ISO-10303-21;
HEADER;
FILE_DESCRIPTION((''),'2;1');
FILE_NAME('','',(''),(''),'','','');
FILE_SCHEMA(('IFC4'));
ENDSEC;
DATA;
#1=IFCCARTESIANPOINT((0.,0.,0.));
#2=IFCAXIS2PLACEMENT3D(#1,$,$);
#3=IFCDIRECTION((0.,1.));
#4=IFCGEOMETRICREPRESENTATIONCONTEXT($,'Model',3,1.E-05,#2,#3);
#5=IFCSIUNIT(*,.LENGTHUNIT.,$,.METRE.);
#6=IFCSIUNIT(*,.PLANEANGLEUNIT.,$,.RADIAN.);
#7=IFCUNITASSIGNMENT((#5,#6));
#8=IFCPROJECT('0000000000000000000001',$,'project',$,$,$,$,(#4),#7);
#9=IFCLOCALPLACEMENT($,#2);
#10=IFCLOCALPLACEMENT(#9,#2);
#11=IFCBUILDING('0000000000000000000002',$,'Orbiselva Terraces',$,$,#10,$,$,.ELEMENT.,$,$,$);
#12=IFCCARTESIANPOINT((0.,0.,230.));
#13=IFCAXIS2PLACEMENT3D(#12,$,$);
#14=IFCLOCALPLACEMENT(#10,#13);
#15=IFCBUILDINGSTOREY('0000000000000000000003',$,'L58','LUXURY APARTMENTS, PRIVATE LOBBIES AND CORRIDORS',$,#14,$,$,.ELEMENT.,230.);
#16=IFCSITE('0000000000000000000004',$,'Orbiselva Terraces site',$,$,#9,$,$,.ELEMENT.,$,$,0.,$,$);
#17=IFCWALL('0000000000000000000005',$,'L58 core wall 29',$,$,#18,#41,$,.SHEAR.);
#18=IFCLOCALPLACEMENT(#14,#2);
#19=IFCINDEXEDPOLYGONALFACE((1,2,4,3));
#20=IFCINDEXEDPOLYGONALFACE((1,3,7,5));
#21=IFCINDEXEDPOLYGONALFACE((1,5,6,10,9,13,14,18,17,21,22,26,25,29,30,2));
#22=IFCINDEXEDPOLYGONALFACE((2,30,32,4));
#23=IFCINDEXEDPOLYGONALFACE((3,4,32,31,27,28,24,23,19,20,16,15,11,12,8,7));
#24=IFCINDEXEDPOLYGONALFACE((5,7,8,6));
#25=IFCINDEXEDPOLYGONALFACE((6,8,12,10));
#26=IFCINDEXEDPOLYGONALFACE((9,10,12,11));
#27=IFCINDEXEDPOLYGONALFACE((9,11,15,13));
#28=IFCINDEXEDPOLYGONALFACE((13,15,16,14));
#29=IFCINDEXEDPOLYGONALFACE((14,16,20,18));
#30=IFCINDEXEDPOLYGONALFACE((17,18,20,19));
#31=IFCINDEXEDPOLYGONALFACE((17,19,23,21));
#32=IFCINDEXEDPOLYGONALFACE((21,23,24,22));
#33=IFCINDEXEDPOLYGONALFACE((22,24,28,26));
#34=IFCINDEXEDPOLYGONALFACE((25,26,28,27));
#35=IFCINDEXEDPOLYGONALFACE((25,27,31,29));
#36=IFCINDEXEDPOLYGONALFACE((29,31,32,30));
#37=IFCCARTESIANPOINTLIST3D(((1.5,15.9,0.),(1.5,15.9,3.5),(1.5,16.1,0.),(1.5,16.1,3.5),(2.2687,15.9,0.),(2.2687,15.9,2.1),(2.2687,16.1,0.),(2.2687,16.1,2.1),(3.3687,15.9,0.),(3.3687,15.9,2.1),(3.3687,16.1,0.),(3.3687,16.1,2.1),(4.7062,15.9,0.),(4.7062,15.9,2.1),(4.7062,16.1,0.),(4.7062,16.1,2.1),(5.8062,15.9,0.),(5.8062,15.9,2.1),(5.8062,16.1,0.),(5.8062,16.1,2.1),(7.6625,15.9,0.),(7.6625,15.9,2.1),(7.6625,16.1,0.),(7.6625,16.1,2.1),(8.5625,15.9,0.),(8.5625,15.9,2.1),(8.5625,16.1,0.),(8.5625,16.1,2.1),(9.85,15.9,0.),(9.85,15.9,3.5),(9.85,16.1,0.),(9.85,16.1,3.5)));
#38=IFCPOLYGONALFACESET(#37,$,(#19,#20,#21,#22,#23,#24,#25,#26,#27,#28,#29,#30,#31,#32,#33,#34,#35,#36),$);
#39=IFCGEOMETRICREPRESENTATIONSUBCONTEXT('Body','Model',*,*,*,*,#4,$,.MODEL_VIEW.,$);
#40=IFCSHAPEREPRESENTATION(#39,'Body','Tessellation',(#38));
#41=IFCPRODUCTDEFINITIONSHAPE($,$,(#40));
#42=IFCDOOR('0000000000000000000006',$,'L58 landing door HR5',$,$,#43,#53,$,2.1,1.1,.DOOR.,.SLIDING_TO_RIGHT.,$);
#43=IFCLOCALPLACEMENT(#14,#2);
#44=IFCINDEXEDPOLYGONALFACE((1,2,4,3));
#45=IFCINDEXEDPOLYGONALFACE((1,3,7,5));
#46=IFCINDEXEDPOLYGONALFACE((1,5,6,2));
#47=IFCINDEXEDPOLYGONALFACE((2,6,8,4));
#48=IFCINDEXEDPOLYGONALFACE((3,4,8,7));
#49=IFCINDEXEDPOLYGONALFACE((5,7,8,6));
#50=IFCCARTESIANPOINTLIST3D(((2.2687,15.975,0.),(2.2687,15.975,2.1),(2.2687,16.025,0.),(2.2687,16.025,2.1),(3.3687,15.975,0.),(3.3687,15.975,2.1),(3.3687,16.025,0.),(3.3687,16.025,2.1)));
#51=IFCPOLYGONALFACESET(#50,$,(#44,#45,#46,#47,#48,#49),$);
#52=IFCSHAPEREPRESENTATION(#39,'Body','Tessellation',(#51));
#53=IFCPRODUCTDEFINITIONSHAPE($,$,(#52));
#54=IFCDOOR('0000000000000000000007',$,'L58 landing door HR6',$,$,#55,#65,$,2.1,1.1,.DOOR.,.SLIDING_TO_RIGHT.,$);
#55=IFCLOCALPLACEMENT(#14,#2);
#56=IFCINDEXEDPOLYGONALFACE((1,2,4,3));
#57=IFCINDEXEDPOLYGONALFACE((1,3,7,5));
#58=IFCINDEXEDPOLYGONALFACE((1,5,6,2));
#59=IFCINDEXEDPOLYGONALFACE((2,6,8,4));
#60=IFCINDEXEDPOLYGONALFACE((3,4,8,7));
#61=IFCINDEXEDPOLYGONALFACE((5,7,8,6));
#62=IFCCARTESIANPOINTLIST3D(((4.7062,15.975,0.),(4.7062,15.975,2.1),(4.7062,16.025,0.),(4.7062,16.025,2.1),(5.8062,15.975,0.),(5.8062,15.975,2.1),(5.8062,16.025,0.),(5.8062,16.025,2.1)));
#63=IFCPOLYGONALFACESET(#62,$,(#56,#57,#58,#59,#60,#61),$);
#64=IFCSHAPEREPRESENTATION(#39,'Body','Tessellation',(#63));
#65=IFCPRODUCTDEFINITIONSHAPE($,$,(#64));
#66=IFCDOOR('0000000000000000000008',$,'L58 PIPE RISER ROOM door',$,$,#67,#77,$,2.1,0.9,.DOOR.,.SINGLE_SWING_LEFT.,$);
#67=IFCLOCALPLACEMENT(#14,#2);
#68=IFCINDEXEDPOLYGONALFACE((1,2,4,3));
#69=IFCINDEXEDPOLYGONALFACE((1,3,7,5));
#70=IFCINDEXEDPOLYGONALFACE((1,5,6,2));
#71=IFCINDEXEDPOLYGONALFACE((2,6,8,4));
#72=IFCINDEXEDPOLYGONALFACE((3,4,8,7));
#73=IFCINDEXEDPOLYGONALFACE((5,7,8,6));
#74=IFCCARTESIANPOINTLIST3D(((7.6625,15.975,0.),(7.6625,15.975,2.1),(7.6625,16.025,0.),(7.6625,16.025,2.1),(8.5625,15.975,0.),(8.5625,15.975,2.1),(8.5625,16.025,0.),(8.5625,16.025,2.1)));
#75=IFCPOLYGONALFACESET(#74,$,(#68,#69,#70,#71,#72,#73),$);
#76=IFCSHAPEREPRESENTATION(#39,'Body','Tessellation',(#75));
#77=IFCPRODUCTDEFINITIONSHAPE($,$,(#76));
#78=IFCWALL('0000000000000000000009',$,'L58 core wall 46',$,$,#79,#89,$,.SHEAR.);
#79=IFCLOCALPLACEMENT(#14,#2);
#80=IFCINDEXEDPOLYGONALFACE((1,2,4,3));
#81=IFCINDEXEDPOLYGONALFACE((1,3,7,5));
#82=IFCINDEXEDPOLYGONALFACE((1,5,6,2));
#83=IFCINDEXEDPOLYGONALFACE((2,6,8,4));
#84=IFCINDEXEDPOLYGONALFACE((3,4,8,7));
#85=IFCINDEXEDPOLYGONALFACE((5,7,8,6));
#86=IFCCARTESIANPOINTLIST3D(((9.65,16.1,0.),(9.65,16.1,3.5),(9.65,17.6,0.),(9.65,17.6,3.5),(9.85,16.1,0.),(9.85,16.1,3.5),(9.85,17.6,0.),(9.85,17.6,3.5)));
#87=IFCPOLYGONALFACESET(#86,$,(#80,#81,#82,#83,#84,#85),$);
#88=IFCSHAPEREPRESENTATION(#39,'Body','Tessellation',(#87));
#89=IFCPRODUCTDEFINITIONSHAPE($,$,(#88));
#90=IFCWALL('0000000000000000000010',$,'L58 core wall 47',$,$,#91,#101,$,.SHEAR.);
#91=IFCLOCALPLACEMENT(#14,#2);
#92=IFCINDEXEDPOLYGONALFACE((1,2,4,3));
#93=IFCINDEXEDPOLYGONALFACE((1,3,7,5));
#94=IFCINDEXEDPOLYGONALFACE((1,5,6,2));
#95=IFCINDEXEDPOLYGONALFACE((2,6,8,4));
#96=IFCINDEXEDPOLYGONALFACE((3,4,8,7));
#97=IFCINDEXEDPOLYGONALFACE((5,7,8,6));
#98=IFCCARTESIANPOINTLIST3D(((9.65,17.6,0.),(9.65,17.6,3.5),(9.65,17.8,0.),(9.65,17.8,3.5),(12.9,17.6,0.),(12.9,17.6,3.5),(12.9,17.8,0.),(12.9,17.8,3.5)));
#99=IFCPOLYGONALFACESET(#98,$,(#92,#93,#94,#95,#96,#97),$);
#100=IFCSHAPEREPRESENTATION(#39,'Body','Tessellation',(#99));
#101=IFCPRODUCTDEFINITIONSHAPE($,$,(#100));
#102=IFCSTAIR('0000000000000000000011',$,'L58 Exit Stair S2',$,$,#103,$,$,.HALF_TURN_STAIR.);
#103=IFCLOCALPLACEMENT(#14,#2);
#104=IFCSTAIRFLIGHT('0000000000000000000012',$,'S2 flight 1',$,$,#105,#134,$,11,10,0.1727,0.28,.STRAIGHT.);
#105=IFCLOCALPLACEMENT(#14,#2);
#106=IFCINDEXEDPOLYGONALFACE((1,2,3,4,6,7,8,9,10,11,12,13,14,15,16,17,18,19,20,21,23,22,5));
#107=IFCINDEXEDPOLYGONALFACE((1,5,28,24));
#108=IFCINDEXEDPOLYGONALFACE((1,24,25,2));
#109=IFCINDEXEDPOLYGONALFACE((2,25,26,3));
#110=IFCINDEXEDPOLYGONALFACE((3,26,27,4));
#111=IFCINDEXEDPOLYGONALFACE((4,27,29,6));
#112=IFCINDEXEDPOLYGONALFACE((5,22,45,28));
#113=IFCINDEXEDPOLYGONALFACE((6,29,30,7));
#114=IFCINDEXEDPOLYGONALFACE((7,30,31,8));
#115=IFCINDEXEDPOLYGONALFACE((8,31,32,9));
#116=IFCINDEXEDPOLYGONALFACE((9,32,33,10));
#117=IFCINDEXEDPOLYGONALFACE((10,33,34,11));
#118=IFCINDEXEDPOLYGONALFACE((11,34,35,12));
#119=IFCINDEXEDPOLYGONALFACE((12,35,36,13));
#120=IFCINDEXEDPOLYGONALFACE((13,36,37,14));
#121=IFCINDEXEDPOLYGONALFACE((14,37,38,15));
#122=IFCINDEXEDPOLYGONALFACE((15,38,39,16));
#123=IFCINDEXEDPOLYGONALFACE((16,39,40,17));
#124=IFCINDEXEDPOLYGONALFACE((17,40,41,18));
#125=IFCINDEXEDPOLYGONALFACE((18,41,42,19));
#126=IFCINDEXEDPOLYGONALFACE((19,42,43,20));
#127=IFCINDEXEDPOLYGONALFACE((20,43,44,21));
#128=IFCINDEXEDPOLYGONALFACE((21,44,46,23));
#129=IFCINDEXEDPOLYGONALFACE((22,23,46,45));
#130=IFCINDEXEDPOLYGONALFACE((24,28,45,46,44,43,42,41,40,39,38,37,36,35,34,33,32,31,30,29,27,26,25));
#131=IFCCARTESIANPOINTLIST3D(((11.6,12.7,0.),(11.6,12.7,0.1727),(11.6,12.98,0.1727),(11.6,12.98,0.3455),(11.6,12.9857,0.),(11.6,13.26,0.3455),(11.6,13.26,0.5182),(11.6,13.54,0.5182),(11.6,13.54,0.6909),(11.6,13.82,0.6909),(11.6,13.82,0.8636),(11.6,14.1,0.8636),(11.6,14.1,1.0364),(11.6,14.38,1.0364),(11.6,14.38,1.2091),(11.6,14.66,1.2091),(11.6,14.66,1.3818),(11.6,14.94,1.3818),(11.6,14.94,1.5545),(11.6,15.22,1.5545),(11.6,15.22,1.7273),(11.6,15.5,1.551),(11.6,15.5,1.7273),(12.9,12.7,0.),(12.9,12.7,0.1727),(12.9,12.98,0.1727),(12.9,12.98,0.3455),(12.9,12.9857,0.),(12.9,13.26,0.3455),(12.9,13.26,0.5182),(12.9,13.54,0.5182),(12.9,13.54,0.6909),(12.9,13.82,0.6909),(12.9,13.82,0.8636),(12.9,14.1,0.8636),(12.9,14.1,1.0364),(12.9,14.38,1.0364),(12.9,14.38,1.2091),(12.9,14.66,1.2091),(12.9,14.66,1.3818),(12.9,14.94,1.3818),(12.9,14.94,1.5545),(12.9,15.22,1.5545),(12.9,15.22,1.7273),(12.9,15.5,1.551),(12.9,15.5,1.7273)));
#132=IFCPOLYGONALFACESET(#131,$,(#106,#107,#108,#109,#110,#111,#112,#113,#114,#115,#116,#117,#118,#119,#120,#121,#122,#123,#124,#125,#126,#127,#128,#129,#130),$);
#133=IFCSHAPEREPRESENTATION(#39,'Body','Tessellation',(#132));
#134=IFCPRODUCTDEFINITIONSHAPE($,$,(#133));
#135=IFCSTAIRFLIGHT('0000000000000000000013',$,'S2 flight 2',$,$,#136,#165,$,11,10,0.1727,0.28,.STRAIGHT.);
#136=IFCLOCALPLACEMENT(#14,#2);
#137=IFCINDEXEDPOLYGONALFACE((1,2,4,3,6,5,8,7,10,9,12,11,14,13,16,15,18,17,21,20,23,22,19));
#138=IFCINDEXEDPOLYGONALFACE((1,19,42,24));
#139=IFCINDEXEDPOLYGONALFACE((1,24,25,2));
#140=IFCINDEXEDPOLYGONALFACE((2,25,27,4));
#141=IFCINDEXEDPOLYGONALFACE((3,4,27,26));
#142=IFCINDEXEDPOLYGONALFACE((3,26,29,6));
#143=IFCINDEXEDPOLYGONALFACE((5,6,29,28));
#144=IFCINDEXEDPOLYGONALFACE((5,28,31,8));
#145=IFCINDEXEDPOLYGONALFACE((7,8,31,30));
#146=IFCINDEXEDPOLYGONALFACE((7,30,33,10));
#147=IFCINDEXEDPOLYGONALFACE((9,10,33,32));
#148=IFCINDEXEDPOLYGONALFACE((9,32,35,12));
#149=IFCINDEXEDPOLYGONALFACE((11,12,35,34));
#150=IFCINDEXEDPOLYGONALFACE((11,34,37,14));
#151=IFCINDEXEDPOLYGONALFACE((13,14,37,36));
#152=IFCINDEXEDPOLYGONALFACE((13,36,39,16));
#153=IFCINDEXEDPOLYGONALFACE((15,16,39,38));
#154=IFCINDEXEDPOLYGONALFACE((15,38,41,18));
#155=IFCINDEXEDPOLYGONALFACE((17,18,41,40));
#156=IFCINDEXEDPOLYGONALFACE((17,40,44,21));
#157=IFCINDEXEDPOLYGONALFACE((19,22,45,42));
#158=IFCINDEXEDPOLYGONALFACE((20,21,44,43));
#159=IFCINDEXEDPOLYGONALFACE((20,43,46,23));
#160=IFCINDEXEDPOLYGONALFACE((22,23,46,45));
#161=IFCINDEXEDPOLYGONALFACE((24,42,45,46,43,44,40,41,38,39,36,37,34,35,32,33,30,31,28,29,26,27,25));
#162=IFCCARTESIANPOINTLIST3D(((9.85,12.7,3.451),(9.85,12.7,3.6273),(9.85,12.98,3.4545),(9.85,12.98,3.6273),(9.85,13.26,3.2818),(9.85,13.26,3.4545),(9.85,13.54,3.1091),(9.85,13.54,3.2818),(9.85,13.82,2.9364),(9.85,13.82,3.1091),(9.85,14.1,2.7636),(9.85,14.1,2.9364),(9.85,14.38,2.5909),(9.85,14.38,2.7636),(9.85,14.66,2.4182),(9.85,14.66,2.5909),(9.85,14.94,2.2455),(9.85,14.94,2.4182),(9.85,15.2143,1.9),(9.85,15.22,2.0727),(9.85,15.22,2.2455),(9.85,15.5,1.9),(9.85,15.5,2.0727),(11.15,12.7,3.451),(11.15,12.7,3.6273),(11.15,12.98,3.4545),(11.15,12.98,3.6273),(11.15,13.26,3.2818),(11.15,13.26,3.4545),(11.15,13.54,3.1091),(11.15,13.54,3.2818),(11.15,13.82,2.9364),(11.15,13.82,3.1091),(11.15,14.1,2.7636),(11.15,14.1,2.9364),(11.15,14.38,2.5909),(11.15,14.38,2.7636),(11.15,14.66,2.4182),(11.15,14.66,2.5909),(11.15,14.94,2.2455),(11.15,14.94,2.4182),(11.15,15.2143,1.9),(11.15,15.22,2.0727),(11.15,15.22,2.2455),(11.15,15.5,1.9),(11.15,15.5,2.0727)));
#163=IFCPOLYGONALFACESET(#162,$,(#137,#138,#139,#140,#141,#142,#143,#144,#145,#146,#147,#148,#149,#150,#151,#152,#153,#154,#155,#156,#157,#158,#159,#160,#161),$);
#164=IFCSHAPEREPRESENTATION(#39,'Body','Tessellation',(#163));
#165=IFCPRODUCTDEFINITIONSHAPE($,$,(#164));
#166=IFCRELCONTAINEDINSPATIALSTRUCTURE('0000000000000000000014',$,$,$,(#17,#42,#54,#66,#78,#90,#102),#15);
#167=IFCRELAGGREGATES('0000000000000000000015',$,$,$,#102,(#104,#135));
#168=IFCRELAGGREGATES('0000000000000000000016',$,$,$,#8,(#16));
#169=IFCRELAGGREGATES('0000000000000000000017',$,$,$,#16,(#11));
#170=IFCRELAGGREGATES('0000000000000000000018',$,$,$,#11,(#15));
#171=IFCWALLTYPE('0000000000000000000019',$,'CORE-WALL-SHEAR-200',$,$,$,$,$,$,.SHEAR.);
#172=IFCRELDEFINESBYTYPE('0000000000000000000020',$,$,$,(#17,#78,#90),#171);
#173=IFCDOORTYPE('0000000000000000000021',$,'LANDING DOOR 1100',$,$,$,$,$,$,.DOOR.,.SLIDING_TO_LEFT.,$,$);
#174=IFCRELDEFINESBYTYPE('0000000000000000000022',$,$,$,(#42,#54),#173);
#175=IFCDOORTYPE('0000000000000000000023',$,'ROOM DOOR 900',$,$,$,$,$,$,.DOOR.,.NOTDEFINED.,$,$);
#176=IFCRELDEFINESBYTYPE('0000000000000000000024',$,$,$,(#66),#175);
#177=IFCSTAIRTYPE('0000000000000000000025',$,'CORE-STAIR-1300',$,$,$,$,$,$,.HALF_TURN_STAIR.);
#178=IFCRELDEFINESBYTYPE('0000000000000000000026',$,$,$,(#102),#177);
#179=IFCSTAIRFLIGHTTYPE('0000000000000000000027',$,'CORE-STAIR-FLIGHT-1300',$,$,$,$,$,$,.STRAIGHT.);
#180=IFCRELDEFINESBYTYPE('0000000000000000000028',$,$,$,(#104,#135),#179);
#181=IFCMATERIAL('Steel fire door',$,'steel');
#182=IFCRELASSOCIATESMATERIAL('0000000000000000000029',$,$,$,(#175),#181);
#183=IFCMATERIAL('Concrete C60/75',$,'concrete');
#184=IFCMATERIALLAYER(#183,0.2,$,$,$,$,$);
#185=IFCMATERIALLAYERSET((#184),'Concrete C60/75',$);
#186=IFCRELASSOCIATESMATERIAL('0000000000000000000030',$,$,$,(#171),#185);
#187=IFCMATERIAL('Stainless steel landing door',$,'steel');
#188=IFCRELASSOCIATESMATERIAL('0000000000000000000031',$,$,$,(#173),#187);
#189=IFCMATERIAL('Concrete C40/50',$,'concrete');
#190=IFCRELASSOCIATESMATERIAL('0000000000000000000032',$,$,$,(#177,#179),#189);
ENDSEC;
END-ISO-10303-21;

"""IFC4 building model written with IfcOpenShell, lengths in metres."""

from ifc_helpers import new_model, si_unit, direction, frame, frame_2d, origin, place, context, subcontext, project, spatial, polyline, rectangle, outline, extrude, material, layer, layer_set, type_object, element, fill, aggregate, save


model = new_model("IFC4")

# Units and contexts
model_context = context("Model", 3, precision=1e-05, world=origin(), true_north=direction((0.0, 1.0)))
body_context = subcontext(model_context, "Body", "Model", "MODEL_VIEW")
ifc_project = project(units=[si_unit("LENGTHUNIT", "METRE"), si_unit("PLANEANGLEUNIT", "RADIAN")], contexts=[model_context])

# Site, building, storey
site_placement = place(None, origin())
site = spatial("IfcSite", under=ifc_project, at=site_placement, Name="Orbiselva Terraces site", CompositionType="ELEMENT", RefElevation=0.0)
building_placement = place(site_placement, origin())
building = spatial("IfcBuilding", under=site, at=building_placement, Name="Orbiselva Terraces", CompositionType="ELEMENT")
storey_placement = place(building_placement, frame((0.0, 0.0, 230.0)))
storey = spatial("IfcBuildingStorey", under=building, at=storey_placement, Name="L58", Description="LUXURY APARTMENTS, PRIVATE LOBBIES AND CORRIDORS", CompositionType="ELEMENT", Elevation=230.0)

# Shared definitions
ifc_material_1 = material(Name="Steel fire door", Category="steel")
door_type_1 = type_object("IfcDoorType", Name="ROOM DOOR 900", OperationType="NOTDEFINED", PredefinedType="DOOR", material=ifc_material_1)

# Shared definitions
ifc_material_2 = material(Name="Concrete C40/50", Category="concrete")
ifc_material_3 = material(Name="Concrete C60/75", Category="concrete")
ifc_layer_1 = layer(ifc_material_3, 0.2)
ifc_layer_set_1 = layer_set([ifc_layer_1], Name="Concrete C60/75")
wall_type_1 = type_object("IfcWallType", Name="CORE-WALL-SHEAR-200", PredefinedType="SHEAR", material=ifc_layer_set_1)

# Wall, openings, doors
wall_1_placement = place(storey_placement, frame((9.85, 16.0, 0.0), z_axis=(0.0, 0.0, 1.0), x_axis=(-1.0, 0.0, 0.0)))
wall_1 = element("IfcWall", 1, at=wall_1_placement, inside=storey, type_object=wall_type_1, Name="L58 core wall 29", PredefinedType="SHEAR", context=body_context, shape_type="SweptSolid", body=[
    extrude(rectangle(XDim=8.35, YDim=0.2, at=frame_2d((4.175, 0.0))), origin(), (0.0, 0.0, 1.0), 3.5),
])
opening_1_placement = place(wall_1_placement, frame((6.4813, 0.0, 0.0)))
opening_1 = element("IfcOpeningElement", 2, at=opening_1_placement, cuts=wall_1, PredefinedType="OPENING", context=body_context, shape_type="SweptSolid", body=[
    extrude(rectangle(XDim=1.1, YDim=2.1, at=frame_2d((0.55, 1.05))), frame((0.0, 0.11, 0.0), z_axis=(0.0, -1.0, 0.0), x_axis=(1.0, 0.0, 0.0)), (0.0, 0.0, 1.0), 0.22),
])
opening_2_placement = place(wall_1_placement, frame((4.0438, 0.0, 0.0)))
opening_2 = element("IfcOpeningElement", 3, at=opening_2_placement, cuts=wall_1, PredefinedType="OPENING", context=body_context, shape_type="SweptSolid", body=[
    extrude(rectangle(XDim=1.1, YDim=2.1, at=frame_2d((0.55, 1.05))), frame((0.0, 0.11, 0.0), z_axis=(0.0, -1.0, 0.0), x_axis=(1.0, 0.0, 0.0)), (0.0, 0.0, 1.0), 0.22),
])
opening_3_placement = place(wall_1_placement, frame((1.2875, 0.0, 0.0)))
opening_3 = element("IfcOpeningElement", 4, at=opening_3_placement, cuts=wall_1, PredefinedType="OPENING", context=body_context, shape_type="SweptSolid", body=[
    extrude(rectangle(XDim=0.9, YDim=2.1, at=frame_2d((0.45, 1.05))), frame((0.0, 0.11, 0.0), z_axis=(0.0, -1.0, 0.0), x_axis=(1.0, 0.0, 0.0)), (0.0, 0.0, 1.0), 0.22),
])
ifc_material_4 = material(Name="Stainless steel landing door", Category="steel")
door_type_2 = type_object("IfcDoorType", Name="LANDING DOOR 1100", OperationType="SLIDING_TO_LEFT", PredefinedType="DOOR", material=ifc_material_4)
door_1_placement = place(opening_1_placement, origin())
door_1 = element("IfcDoor", 5, at=door_1_placement, inside=storey, type_object=door_type_2, Name="L58 landing door HR5", OperationType="SLIDING_TO_RIGHT", OverallHeight=2.1, OverallWidth=1.1, PredefinedType="DOOR", context=body_context, shape_type="SweptSolid", body=[
    extrude(rectangle(XDim=1.1, YDim=2.1, at=frame_2d((0.55, 1.05))), frame((0.0, 0.025, 0.0), z_axis=(0.0, -1.0, 0.0), x_axis=(1.0, 0.0, 0.0)), (0.0, 0.0, 1.0), 0.05),
])
fill(opening_1, door_1)
door_2_placement = place(opening_2_placement, origin())
door_2 = element("IfcDoor", 6, at=door_2_placement, inside=storey, type_object=door_type_2, Name="L58 landing door HR6", OperationType="SLIDING_TO_RIGHT", OverallHeight=2.1, OverallWidth=1.1, PredefinedType="DOOR", context=body_context, shape_type="SweptSolid", body=[
    extrude(rectangle(XDim=1.1, YDim=2.1, at=frame_2d((0.55, 1.05))), frame((0.0, 0.025, 0.0), z_axis=(0.0, -1.0, 0.0), x_axis=(1.0, 0.0, 0.0)), (0.0, 0.0, 1.0), 0.05),
])
fill(opening_2, door_2)
door_3_placement = place(opening_3_placement, origin())
door_3 = element("IfcDoor", 7, at=door_3_placement, inside=storey, type_object=door_type_1, Name="L58 PIPE RISER ROOM door", OperationType="SINGLE_SWING_LEFT", OverallHeight=2.1, OverallWidth=0.9, PredefinedType="DOOR", context=body_context, shape_type="SweptSolid", body=[
    extrude(rectangle(XDim=0.9, YDim=2.1, at=frame_2d((0.45, 1.05))), frame((0.0, 0.025, 0.0), z_axis=(0.0, -1.0, 0.0), x_axis=(1.0, 0.0, 0.0)), (0.0, 0.0, 1.0), 0.05),
])
fill(opening_3, door_3)

# Walls
wall_2_placement = place(storey_placement, frame((9.75, 16.1, 0.0), z_axis=(0.0, 0.0, 1.0), x_axis=(0.0, 1.0, 0.0)))
element("IfcWall", 8, at=wall_2_placement, inside=storey, type_object=wall_type_1, Name="L58 core wall 46", PredefinedType="SHEAR", context=body_context, shape_type="SweptSolid", body=[
    extrude(rectangle(XDim=1.5, YDim=0.2, at=frame_2d((0.75, 0.0))), origin(), (0.0, 0.0, 1.0), 3.5),
])
wall_3_placement = place(storey_placement, frame((9.65, 17.7, 0.0), z_axis=(0.0, 0.0, 1.0), x_axis=(1.0, 0.0, 0.0)))
element("IfcWall", 9, at=wall_3_placement, inside=storey, type_object=wall_type_1, Name="L58 core wall 47", PredefinedType="SHEAR", context=body_context, shape_type="SweptSolid", body=[
    extrude(rectangle(XDim=3.25, YDim=0.2, at=frame_2d((1.625, 0.0))), origin(), (0.0, 0.0, 1.0), 3.5),
])

# Stair, stair flights
stair_type = type_object("IfcStairType", Name="CORE-STAIR-1300", PredefinedType="HALF_TURN_STAIR", material=ifc_material_2)
stair_placement = place(storey_placement, origin())
stair = element("IfcStair", 10, at=stair_placement, inside=storey, type_object=stair_type, Name="L58 Exit Stair S2", PredefinedType="HALF_TURN_STAIR")
stair_flight_type = type_object("IfcStairFlightType", Name="CORE-STAIR-FLIGHT-1300", PredefinedType="STRAIGHT", material=ifc_material_2)
stair_flight_1_placement = place(storey_placement, frame((12.25, 12.7, 0.0), z_axis=(0.0, 0.0, 1.0), x_axis=(0.0, 1.0, 0.0)))
stair_flight_1 = element("IfcStairFlight", 11, at=stair_flight_1_placement, type_object=stair_flight_type, Name="S2 flight 1", NumberOfRisers=11, NumberOfTreads=10, PredefinedType="STRAIGHT", RiserHeight=0.1727, TreadLength=0.28, context=body_context, shape_type="SweptSolid", body=[
    extrude(outline(polyline([(0.0, 0.0), (0.0, 0.1727), (0.28, 0.1727), (0.28, 0.3455), (0.56, 0.3455), (0.56, 0.5182), (0.84, 0.5182), (0.84, 0.6909), (1.12, 0.6909), (1.12, 0.8636), (1.4, 0.8636), (1.4, 1.0364), (1.68, 1.0364), (1.68, 1.2091), (1.96, 1.2091), (1.96, 1.3818), (2.24, 1.3818), (2.24, 1.5545), (2.52, 1.5545), (2.52, 1.7273), (2.8, 1.7273), (2.8, 1.9), (2.8, 1.551), (0.2857, 0.0), (0.0, 0.0)])), frame((0.0, 0.65, 0.0), z_axis=(0.0, -1.0, 0.0), x_axis=(1.0, 0.0, 0.0)), (0.0, 0.0, 1.0), 1.3),
])
stair_flight_2_placement = place(storey_placement, frame((10.5, 15.5, 1.9), z_axis=(0.0, 0.0, 1.0), x_axis=(0.0, -1.0, 0.0)))
stair_flight_2 = element("IfcStairFlight", 12, at=stair_flight_2_placement, type_object=stair_flight_type, Name="S2 flight 2", NumberOfRisers=11, NumberOfTreads=10, PredefinedType="STRAIGHT", RiserHeight=0.1727, TreadLength=0.28, context=body_context, shape_type="SweptSolid", body=[
    extrude(outline(polyline([(0.0, 0.0), (0.0, 0.1727), (0.28, 0.1727), (0.28, 0.3455), (0.56, 0.3455), (0.56, 0.5182), (0.84, 0.5182), (0.84, 0.6909), (1.12, 0.6909), (1.12, 0.8636), (1.4, 0.8636), (1.4, 1.0364), (1.68, 1.0364), (1.68, 1.2091), (1.96, 1.2091), (1.96, 1.3818), (2.24, 1.3818), (2.24, 1.5545), (2.52, 1.5545), (2.52, 1.7273), (2.8, 1.7273), (2.8, 1.9), (2.8, 1.551), (0.2857, 0.0), (0.0, 0.0)])), frame((0.0, 0.65, 0.0), z_axis=(0.0, -1.0, 0.0), x_axis=(1.0, 0.0, 0.0)), (0.0, 0.0, 1.0), 1.3),
])
aggregate(stair, [stair_flight_1, stair_flight_2])

save(model, "model.ifc")
